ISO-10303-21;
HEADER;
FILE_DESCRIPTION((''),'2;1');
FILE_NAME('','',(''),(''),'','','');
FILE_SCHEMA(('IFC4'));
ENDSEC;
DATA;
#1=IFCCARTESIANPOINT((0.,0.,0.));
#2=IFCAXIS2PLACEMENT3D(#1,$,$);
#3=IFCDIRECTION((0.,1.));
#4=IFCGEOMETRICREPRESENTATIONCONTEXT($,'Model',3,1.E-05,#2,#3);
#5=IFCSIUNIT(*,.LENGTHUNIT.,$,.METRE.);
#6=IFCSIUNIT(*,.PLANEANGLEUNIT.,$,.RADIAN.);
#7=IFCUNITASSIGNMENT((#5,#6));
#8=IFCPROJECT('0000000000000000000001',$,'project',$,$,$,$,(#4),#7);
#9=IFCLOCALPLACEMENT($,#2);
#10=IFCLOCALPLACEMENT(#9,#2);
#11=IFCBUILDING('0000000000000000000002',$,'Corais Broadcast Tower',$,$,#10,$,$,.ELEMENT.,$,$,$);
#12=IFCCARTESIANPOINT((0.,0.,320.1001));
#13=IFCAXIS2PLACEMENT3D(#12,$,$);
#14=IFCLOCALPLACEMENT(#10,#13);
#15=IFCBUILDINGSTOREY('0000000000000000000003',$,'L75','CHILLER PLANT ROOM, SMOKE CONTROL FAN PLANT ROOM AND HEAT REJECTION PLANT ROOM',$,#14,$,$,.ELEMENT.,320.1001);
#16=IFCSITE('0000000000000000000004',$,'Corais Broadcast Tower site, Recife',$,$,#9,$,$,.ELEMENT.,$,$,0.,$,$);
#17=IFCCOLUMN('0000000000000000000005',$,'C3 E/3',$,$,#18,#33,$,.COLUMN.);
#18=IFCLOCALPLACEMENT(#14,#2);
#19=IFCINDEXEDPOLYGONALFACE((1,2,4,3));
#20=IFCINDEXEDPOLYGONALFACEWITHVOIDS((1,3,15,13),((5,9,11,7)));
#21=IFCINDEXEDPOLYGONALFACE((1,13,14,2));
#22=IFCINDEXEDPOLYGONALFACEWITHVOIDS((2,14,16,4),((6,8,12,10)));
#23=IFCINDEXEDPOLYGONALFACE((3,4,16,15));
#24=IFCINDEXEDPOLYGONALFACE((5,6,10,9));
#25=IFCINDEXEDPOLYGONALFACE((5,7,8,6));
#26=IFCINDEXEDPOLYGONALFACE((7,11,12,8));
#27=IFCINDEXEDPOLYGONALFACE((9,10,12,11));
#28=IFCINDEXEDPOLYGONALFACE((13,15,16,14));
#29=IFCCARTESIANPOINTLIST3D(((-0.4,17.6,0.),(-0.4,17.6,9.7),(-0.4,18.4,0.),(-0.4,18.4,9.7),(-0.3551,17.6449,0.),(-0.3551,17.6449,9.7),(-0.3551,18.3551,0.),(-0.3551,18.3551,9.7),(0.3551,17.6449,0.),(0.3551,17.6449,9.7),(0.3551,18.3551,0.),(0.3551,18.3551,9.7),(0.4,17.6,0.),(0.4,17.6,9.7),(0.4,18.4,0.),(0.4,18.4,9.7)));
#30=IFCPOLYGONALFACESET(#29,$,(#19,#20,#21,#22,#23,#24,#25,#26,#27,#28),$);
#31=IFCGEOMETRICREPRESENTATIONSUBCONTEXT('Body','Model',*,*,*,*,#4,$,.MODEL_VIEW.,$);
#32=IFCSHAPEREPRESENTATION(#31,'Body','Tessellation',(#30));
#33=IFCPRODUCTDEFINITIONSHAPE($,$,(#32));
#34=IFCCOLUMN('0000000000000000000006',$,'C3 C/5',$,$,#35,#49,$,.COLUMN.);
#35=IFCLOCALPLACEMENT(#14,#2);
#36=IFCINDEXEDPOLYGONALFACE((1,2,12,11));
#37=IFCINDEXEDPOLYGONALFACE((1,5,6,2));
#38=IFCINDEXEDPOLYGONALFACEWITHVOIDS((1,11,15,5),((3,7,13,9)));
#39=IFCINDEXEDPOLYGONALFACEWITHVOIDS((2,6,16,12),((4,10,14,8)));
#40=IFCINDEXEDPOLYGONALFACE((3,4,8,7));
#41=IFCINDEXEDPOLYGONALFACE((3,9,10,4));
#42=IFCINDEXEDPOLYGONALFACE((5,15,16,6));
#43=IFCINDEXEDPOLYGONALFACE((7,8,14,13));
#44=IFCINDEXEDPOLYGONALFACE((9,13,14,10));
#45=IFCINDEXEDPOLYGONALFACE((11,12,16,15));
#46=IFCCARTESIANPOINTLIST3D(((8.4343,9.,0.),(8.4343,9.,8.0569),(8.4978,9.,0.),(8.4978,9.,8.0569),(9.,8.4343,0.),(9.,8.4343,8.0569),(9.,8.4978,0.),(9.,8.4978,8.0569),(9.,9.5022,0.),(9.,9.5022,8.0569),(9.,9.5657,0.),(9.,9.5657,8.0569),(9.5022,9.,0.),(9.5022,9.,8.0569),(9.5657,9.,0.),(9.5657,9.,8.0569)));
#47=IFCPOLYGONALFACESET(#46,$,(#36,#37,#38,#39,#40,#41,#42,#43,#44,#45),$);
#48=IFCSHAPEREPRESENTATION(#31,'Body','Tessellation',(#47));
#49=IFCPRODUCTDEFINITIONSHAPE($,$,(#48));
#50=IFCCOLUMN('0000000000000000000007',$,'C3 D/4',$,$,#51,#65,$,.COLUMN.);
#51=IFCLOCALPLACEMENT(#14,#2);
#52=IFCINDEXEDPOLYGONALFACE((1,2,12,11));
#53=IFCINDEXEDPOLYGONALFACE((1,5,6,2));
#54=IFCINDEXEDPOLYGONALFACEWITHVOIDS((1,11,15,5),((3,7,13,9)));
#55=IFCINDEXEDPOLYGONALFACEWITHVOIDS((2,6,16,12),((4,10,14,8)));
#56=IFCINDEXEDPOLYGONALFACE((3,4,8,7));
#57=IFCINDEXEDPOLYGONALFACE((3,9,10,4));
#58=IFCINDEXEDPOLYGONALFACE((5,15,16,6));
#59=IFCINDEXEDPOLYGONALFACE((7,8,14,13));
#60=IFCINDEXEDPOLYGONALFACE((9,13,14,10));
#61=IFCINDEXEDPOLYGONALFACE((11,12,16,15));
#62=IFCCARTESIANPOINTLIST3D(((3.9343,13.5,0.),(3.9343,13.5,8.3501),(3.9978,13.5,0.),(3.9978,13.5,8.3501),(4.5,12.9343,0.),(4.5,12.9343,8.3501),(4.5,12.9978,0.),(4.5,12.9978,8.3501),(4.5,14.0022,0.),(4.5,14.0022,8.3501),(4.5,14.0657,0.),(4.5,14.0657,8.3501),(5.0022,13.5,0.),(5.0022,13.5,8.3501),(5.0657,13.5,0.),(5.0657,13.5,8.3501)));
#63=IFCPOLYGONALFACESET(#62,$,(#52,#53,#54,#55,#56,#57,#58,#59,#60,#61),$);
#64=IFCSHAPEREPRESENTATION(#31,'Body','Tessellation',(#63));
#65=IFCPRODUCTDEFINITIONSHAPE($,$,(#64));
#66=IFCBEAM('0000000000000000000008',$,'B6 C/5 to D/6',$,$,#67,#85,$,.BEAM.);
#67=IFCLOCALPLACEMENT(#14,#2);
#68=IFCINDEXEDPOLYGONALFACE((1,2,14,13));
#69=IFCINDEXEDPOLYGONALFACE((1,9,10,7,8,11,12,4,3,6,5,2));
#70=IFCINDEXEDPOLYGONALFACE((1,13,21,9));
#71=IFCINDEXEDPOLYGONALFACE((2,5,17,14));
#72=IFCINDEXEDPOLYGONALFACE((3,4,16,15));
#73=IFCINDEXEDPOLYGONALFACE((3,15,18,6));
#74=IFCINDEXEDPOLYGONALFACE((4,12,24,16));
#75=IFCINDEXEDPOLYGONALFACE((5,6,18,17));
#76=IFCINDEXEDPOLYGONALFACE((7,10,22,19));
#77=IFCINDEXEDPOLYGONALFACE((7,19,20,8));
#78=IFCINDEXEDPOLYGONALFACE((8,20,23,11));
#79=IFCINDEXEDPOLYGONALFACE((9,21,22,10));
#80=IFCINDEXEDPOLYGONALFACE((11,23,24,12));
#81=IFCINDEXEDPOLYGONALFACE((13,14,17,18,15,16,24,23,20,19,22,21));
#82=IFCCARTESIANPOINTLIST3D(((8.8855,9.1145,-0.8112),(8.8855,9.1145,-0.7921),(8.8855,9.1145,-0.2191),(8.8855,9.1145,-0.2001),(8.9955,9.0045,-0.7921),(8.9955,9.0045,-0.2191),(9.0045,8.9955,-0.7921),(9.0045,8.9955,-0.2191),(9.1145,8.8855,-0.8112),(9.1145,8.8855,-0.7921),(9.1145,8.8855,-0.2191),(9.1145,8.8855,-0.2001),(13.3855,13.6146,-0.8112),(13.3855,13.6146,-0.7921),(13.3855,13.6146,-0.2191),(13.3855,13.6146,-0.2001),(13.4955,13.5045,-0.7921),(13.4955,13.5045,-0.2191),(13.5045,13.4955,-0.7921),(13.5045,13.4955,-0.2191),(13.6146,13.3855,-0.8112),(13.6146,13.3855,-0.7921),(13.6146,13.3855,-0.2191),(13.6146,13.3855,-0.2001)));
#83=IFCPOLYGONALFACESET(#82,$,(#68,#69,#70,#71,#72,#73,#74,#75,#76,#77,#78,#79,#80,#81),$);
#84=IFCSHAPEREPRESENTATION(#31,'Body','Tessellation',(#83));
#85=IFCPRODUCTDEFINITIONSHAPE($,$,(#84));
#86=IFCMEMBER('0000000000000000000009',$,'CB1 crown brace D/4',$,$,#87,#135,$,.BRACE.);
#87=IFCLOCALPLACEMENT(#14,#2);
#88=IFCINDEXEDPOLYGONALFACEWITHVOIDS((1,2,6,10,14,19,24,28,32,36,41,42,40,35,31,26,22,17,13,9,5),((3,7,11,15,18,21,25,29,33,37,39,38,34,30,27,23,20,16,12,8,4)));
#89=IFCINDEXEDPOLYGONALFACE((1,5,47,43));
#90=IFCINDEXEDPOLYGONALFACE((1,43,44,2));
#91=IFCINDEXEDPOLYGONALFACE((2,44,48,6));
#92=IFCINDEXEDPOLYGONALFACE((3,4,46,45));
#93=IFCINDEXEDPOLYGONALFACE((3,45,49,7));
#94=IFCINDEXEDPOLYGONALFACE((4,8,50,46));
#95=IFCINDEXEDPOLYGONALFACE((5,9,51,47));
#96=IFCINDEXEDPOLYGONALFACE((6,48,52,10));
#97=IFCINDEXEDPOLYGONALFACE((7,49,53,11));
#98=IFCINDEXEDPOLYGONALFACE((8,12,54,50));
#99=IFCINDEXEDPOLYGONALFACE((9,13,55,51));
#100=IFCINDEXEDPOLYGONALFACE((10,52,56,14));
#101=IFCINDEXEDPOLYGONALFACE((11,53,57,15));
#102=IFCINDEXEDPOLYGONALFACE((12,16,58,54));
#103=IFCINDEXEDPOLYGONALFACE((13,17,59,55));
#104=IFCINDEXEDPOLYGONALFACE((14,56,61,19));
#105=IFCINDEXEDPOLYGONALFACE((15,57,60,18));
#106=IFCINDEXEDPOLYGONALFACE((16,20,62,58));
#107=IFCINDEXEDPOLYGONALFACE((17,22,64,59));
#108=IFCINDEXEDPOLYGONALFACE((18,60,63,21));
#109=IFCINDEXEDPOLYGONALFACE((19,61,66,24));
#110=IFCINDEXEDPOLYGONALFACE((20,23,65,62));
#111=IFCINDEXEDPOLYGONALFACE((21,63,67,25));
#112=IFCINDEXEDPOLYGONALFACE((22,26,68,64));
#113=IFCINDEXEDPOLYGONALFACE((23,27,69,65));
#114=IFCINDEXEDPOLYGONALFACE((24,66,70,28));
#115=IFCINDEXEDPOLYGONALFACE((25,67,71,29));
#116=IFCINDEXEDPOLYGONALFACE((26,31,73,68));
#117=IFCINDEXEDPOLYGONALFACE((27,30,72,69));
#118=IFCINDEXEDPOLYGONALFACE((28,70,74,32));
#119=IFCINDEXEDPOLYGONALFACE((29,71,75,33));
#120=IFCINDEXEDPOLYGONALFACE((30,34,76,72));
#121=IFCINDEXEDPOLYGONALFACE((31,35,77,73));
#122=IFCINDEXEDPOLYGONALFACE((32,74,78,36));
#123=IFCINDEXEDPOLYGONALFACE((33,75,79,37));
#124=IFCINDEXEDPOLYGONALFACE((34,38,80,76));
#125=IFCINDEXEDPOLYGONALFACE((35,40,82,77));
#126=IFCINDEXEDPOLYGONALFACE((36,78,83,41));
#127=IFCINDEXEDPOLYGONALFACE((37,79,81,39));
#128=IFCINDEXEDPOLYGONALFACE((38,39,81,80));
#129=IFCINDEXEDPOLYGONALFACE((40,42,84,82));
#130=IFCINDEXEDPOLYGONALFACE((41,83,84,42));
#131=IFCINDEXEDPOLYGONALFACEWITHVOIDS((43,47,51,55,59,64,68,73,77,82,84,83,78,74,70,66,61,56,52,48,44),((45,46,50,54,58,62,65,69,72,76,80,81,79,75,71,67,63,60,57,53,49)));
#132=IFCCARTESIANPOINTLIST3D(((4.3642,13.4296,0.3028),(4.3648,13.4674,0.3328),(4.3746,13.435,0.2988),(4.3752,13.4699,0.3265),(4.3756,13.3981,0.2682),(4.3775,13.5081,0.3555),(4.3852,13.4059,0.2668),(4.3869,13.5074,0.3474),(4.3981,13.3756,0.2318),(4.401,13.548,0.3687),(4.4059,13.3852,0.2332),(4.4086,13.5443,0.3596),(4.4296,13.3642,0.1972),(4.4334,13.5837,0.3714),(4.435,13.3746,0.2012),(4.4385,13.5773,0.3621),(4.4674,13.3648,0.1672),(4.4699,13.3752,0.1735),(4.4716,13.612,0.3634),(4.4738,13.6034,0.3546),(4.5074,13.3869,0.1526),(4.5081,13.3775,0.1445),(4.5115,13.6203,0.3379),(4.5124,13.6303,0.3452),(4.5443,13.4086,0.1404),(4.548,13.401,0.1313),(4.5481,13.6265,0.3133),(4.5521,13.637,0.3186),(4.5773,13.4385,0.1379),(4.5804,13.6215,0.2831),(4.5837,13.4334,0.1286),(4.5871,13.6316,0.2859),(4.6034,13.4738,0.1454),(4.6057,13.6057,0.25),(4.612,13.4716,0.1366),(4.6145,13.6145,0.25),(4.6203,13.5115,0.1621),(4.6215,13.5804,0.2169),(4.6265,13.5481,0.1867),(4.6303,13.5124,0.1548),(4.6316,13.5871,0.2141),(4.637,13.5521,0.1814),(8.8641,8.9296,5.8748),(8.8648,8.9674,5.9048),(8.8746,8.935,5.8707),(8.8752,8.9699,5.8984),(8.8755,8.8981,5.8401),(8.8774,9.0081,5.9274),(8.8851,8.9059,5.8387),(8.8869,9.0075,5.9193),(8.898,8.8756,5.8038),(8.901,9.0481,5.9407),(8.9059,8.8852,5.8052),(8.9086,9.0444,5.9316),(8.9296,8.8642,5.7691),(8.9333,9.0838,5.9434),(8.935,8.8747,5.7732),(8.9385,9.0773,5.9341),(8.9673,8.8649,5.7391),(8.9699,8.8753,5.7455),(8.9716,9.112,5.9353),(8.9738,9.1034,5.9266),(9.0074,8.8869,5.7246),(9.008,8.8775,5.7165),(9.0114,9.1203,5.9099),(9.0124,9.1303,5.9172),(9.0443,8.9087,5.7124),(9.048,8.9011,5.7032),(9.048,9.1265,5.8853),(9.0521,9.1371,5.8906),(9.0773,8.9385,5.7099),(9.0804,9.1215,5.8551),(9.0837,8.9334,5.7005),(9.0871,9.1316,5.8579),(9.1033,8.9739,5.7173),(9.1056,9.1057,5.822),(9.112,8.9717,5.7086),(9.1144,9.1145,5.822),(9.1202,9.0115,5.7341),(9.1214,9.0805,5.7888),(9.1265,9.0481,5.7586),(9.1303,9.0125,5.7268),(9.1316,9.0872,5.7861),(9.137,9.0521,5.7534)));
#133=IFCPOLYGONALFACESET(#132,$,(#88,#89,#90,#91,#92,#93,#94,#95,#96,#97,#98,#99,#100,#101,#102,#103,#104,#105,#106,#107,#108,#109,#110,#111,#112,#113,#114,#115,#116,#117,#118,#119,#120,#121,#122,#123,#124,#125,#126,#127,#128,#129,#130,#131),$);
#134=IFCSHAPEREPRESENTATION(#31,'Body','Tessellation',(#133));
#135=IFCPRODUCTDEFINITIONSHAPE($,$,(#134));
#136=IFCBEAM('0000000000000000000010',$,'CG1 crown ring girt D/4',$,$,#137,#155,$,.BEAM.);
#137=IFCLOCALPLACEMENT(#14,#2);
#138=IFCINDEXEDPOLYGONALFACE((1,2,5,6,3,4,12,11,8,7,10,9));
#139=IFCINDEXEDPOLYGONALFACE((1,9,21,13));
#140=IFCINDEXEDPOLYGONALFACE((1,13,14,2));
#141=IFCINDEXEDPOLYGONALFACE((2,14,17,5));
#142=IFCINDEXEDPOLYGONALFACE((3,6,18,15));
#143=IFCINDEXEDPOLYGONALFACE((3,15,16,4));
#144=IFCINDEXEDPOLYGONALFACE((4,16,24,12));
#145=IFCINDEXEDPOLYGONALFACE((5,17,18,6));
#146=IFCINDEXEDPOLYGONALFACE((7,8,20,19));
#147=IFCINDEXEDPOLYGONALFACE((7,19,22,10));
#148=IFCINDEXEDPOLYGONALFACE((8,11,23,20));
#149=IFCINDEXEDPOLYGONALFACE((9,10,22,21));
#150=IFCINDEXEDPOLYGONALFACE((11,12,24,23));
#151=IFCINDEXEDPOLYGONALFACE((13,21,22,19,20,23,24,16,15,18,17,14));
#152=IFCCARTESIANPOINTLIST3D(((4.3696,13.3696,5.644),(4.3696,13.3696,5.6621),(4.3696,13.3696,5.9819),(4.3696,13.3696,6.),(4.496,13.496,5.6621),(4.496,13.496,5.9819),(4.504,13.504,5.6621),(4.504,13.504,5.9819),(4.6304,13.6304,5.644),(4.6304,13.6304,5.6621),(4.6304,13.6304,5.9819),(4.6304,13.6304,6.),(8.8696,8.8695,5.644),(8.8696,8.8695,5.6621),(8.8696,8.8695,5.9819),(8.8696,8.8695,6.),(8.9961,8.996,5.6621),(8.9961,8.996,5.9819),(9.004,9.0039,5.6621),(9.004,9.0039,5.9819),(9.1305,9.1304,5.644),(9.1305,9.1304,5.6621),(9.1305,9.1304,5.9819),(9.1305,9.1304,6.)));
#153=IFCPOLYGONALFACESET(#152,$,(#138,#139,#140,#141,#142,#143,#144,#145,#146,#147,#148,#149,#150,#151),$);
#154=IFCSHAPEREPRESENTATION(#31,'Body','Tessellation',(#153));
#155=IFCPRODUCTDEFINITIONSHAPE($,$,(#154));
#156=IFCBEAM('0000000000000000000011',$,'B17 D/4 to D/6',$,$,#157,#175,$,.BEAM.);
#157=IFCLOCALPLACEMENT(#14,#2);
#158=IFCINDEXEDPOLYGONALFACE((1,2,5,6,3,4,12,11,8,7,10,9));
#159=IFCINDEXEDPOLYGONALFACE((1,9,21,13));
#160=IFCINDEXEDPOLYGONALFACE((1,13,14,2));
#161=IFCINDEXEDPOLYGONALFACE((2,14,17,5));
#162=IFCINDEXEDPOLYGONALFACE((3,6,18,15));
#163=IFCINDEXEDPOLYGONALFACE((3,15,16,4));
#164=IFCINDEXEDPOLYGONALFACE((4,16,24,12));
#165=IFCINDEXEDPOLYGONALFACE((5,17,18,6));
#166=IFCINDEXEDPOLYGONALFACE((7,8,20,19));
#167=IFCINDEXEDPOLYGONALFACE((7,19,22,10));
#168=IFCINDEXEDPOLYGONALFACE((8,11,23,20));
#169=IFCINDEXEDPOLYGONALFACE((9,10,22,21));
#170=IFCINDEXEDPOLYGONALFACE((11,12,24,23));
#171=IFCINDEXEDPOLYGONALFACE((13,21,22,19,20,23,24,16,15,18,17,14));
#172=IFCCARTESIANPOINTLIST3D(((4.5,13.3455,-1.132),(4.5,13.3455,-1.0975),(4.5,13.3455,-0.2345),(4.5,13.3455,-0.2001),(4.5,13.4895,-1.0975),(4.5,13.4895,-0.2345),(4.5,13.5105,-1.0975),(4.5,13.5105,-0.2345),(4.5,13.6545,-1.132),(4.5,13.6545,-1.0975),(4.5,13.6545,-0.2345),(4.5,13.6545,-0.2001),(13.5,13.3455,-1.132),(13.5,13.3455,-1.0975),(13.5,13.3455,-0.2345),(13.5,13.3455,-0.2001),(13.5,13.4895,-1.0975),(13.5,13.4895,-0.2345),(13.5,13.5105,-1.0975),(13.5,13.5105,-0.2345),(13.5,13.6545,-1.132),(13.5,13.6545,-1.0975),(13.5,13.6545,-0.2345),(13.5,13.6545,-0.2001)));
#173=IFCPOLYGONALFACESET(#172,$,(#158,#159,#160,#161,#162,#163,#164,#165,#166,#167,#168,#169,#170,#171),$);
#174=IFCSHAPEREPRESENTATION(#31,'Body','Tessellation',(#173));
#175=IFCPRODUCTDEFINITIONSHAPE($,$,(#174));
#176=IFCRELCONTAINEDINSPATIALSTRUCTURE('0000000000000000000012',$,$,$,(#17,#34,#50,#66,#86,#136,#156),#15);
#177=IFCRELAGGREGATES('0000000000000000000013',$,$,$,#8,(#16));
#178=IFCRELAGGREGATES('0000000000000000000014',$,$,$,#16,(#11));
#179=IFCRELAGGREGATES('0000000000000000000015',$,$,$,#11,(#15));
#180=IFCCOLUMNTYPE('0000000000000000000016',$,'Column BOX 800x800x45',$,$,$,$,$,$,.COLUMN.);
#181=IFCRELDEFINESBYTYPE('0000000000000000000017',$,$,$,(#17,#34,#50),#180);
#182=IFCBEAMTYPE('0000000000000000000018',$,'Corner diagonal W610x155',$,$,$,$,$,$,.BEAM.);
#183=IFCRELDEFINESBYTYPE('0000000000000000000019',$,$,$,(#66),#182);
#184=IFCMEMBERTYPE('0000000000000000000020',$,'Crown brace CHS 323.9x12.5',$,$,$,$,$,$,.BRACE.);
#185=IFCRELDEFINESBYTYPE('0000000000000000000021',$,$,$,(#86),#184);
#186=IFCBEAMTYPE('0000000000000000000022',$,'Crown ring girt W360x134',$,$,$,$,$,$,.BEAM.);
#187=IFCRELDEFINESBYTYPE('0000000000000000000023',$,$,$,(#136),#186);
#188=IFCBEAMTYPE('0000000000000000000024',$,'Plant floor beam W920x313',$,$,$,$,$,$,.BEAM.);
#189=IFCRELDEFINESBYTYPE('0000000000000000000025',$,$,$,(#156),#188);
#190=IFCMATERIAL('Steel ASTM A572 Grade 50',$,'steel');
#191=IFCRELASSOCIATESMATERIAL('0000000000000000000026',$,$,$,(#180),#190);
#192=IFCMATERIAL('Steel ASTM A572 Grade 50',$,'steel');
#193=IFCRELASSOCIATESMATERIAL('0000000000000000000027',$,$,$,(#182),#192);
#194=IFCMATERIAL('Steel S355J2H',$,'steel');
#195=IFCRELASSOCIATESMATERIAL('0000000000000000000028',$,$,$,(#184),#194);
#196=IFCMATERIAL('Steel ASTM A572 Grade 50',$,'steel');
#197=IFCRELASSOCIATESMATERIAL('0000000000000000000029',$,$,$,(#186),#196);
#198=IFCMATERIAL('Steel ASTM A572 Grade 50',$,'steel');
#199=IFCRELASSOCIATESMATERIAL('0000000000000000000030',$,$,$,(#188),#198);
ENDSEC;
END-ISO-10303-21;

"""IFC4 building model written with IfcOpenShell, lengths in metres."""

from ifc_helpers import new_model, si_unit, direction, frame, origin, origin_2d, place, context, subcontext, project, spatial, hollow_rectangle, hollow_circle, i_section, extrude, material, material_profile, profile_set, type_object, element, save


model = new_model("IFC4")

# Units and contexts
model_context = context("Model", 3, precision=1e-05, world=origin(), true_north=direction((0.0, 1.0)))
body_context = subcontext(model_context, "Body", "Model", "MODEL_VIEW")
ifc_project = project(units=[si_unit("LENGTHUNIT", "METRE"), si_unit("PLANEANGLEUNIT", "RADIAN")], contexts=[model_context])

# Site, building, storey
site_placement = place(None, origin())
site = spatial("IfcSite", under=ifc_project, at=site_placement, Name="Corais Broadcast Tower site, Recife", CompositionType="ELEMENT", RefElevation=0.0)
building_placement = place(site_placement, origin())
building = spatial("IfcBuilding", under=site, at=building_placement, Name="Corais Broadcast Tower", CompositionType="ELEMENT")
storey_placement = place(building_placement, frame((0.0, 0.0, 320.1001)))
storey = spatial("IfcBuildingStorey", under=building, at=storey_placement, Name="L75", Description="CHILLER PLANT ROOM, SMOKE CONTROL FAN PLANT ROOM AND HEAT REJECTION PLANT ROOM", CompositionType="ELEMENT", Elevation=320.1001)

# Columns
ifc_material_1 = material(Name="Steel ASTM A572 Grade 50", Category="steel")
ifc_material_profile_1 = material_profile(ifc_material_1, hollow_rectangle(XDim=0.8, YDim=0.8, WallThickness=0.0449, at=origin_2d()), Name="BOX 800x800x45")
ifc_profile_set_1 = profile_set([ifc_material_profile_1], Name="Steel ASTM A572 Grade 50")
column_type = type_object("IfcColumnType", Name="Column BOX 800x800x45", PredefinedType="COLUMN", material=ifc_profile_set_1)
column_1_placement = place(storey_placement, frame((0.0, 18.0, 0.0), z_axis=(0.0, 0.0, 1.0), x_axis=(1.0, 0.0, 0.0)))
element("IfcColumn", 1, at=column_1_placement, inside=storey, type_object=column_type, Name="C3 E/3", PredefinedType="COLUMN", context=body_context, shape_type="SweptSolid", body=[
    extrude(hollow_rectangle(XDim=0.8, YDim=0.8, WallThickness=0.0449, at=origin_2d()), origin(), (0.0, 0.0, 1.0), 9.7),
])
column_2_placement = place(storey_placement, frame((9.0, 9.0, 0.0), z_axis=(0.0, 0.0, 1.0), x_axis=(0.707107, 0.707107, 0.0)))
element("IfcColumn", 2, at=column_2_placement, inside=storey, type_object=column_type, Name="C3 C/5", PredefinedType="COLUMN", context=body_context, shape_type="SweptSolid", body=[
    extrude(hollow_rectangle(XDim=0.8, YDim=0.8, WallThickness=0.0449, at=origin_2d()), origin(), (0.0, 0.0, 1.0), 8.0569),
])
column_3_placement = place(storey_placement, frame((4.5, 13.5, 0.0), z_axis=(0.0, 0.0, 1.0), x_axis=(0.707107, 0.707107, 0.0)))
element("IfcColumn", 3, at=column_3_placement, inside=storey, type_object=column_type, Name="C3 D/4", PredefinedType="COLUMN", context=body_context, shape_type="SweptSolid", body=[
    extrude(hollow_rectangle(XDim=0.8, YDim=0.8, WallThickness=0.0449, at=origin_2d()), origin(), (0.0, 0.0, 1.0), 8.3501),
])

# Beam
ifc_material_2 = material(Name="Steel ASTM A572 Grade 50", Category="steel")
ifc_material_profile_2 = material_profile(ifc_material_2, i_section(OverallWidth=0.324, OverallDepth=0.6111, WebThickness=0.0127, FlangeThickness=0.019, at=origin_2d()), Name="W610x155")
ifc_profile_set_2 = profile_set([ifc_material_profile_2], Name="Steel ASTM A572 Grade 50")
beam_type_1 = type_object("IfcBeamType", Name="Corner diagonal W610x155", PredefinedType="BEAM", material=ifc_profile_set_2)
beam_1_placement = place(storey_placement, frame((9.0, 9.0, -0.5056), z_axis=(0.707107, 0.707107, 0.0), x_axis=(-0.707107, 0.707107, 0.0)))
element("IfcBeam", 4, at=beam_1_placement, inside=storey, type_object=beam_type_1, Name="B6 C/5 to D/6", PredefinedType="BEAM", context=body_context, shape_type="SweptSolid", body=[
    extrude(i_section(OverallWidth=0.324, OverallDepth=0.6111, WebThickness=0.0127, FlangeThickness=0.019, at=origin_2d()), origin(), (0.0, 0.0, 1.0), 6.364),
])

# Member
ifc_material_3 = material(Name="Steel S355J2H", Category="steel")
ifc_material_profile_3 = material_profile(ifc_material_3, hollow_circle(Radius=0.1619, WallThickness=0.0125, at=origin_2d()), Name="CHS 323.9x12.5")
ifc_profile_set_3 = profile_set([ifc_material_profile_3], Name="Steel S355J2H")
member_type = type_object("IfcMemberType", Name="Crown brace CHS 323.9x12.5", PredefinedType="BRACE", material=ifc_profile_set_3)
member_placement = place(storey_placement, frame((4.5, 13.5, 0.25), z_axis=(0.532005, -0.532005, 0.658743), x_axis=(0.707107, 0.707107, 0.0)))
element("IfcMember", 5, at=member_placement, inside=storey, type_object=member_type, Name="CB1 crown brace D/4", PredefinedType="BRACE", context=body_context, shape_type="SweptSolid", body=[
    extrude(hollow_circle(Radius=0.1619, WallThickness=0.0125, at=origin_2d()), origin(), (0.0, 0.0, 1.0), 8.4585),
])

# Beams
ifc_material_4 = material(Name="Steel ASTM A572 Grade 50", Category="steel")
ifc_material_profile_4 = material_profile(ifc_material_4, i_section(OverallWidth=0.3689, OverallDepth=0.356, WebThickness=0.0112, FlangeThickness=0.0181, at=origin_2d()), Name="W360x134")
ifc_profile_set_4 = profile_set([ifc_material_profile_4], Name="Steel ASTM A572 Grade 50")
beam_type_2 = type_object("IfcBeamType", Name="Crown ring girt W360x134", PredefinedType="BEAM", material=ifc_profile_set_4)
beam_2_placement = place(storey_placement, frame((4.5, 13.5, 5.822), z_axis=(0.707107, -0.707107, 0.0), x_axis=(0.707107, 0.707107, 0.0)))
element("IfcBeam", 6, at=beam_2_placement, inside=storey, type_object=beam_type_2, Name="CG1 crown ring girt D/4", PredefinedType="BEAM", context=body_context, shape_type="SweptSolid", body=[
    extrude(i_section(OverallWidth=0.3689, OverallDepth=0.356, WebThickness=0.0112, FlangeThickness=0.0181, at=origin_2d()), origin(), (0.0, 0.0, 1.0), 6.364),
])
ifc_material_5 = material(Name="Steel ASTM A572 Grade 50", Category="steel")
ifc_material_profile_5 = material_profile(ifc_material_5, i_section(OverallWidth=0.3091, OverallDepth=0.9319, WebThickness=0.021, FlangeThickness=0.0344, at=origin_2d()), Name="W920x313")
ifc_profile_set_5 = profile_set([ifc_material_profile_5], Name="Steel ASTM A572 Grade 50")
beam_type_3 = type_object("IfcBeamType", Name="Plant floor beam W920x313", PredefinedType="BEAM", material=ifc_profile_set_5)
beam_3_placement = place(storey_placement, frame((4.5, 13.5, -0.666), z_axis=(1.0, 0.0, 0.0), x_axis=(0.0, 1.0, 0.0)))
element("IfcBeam", 7, at=beam_3_placement, inside=storey, type_object=beam_type_3, Name="B17 D/4 to D/6", PredefinedType="BEAM", context=body_context, shape_type="SweptSolid", body=[
    extrude(i_section(OverallWidth=0.3091, OverallDepth=0.9319, WebThickness=0.021, FlangeThickness=0.0344, at=origin_2d()), origin(), (0.0, 0.0, 1.0), 9.0),
])

save(model, "model.ifc")
